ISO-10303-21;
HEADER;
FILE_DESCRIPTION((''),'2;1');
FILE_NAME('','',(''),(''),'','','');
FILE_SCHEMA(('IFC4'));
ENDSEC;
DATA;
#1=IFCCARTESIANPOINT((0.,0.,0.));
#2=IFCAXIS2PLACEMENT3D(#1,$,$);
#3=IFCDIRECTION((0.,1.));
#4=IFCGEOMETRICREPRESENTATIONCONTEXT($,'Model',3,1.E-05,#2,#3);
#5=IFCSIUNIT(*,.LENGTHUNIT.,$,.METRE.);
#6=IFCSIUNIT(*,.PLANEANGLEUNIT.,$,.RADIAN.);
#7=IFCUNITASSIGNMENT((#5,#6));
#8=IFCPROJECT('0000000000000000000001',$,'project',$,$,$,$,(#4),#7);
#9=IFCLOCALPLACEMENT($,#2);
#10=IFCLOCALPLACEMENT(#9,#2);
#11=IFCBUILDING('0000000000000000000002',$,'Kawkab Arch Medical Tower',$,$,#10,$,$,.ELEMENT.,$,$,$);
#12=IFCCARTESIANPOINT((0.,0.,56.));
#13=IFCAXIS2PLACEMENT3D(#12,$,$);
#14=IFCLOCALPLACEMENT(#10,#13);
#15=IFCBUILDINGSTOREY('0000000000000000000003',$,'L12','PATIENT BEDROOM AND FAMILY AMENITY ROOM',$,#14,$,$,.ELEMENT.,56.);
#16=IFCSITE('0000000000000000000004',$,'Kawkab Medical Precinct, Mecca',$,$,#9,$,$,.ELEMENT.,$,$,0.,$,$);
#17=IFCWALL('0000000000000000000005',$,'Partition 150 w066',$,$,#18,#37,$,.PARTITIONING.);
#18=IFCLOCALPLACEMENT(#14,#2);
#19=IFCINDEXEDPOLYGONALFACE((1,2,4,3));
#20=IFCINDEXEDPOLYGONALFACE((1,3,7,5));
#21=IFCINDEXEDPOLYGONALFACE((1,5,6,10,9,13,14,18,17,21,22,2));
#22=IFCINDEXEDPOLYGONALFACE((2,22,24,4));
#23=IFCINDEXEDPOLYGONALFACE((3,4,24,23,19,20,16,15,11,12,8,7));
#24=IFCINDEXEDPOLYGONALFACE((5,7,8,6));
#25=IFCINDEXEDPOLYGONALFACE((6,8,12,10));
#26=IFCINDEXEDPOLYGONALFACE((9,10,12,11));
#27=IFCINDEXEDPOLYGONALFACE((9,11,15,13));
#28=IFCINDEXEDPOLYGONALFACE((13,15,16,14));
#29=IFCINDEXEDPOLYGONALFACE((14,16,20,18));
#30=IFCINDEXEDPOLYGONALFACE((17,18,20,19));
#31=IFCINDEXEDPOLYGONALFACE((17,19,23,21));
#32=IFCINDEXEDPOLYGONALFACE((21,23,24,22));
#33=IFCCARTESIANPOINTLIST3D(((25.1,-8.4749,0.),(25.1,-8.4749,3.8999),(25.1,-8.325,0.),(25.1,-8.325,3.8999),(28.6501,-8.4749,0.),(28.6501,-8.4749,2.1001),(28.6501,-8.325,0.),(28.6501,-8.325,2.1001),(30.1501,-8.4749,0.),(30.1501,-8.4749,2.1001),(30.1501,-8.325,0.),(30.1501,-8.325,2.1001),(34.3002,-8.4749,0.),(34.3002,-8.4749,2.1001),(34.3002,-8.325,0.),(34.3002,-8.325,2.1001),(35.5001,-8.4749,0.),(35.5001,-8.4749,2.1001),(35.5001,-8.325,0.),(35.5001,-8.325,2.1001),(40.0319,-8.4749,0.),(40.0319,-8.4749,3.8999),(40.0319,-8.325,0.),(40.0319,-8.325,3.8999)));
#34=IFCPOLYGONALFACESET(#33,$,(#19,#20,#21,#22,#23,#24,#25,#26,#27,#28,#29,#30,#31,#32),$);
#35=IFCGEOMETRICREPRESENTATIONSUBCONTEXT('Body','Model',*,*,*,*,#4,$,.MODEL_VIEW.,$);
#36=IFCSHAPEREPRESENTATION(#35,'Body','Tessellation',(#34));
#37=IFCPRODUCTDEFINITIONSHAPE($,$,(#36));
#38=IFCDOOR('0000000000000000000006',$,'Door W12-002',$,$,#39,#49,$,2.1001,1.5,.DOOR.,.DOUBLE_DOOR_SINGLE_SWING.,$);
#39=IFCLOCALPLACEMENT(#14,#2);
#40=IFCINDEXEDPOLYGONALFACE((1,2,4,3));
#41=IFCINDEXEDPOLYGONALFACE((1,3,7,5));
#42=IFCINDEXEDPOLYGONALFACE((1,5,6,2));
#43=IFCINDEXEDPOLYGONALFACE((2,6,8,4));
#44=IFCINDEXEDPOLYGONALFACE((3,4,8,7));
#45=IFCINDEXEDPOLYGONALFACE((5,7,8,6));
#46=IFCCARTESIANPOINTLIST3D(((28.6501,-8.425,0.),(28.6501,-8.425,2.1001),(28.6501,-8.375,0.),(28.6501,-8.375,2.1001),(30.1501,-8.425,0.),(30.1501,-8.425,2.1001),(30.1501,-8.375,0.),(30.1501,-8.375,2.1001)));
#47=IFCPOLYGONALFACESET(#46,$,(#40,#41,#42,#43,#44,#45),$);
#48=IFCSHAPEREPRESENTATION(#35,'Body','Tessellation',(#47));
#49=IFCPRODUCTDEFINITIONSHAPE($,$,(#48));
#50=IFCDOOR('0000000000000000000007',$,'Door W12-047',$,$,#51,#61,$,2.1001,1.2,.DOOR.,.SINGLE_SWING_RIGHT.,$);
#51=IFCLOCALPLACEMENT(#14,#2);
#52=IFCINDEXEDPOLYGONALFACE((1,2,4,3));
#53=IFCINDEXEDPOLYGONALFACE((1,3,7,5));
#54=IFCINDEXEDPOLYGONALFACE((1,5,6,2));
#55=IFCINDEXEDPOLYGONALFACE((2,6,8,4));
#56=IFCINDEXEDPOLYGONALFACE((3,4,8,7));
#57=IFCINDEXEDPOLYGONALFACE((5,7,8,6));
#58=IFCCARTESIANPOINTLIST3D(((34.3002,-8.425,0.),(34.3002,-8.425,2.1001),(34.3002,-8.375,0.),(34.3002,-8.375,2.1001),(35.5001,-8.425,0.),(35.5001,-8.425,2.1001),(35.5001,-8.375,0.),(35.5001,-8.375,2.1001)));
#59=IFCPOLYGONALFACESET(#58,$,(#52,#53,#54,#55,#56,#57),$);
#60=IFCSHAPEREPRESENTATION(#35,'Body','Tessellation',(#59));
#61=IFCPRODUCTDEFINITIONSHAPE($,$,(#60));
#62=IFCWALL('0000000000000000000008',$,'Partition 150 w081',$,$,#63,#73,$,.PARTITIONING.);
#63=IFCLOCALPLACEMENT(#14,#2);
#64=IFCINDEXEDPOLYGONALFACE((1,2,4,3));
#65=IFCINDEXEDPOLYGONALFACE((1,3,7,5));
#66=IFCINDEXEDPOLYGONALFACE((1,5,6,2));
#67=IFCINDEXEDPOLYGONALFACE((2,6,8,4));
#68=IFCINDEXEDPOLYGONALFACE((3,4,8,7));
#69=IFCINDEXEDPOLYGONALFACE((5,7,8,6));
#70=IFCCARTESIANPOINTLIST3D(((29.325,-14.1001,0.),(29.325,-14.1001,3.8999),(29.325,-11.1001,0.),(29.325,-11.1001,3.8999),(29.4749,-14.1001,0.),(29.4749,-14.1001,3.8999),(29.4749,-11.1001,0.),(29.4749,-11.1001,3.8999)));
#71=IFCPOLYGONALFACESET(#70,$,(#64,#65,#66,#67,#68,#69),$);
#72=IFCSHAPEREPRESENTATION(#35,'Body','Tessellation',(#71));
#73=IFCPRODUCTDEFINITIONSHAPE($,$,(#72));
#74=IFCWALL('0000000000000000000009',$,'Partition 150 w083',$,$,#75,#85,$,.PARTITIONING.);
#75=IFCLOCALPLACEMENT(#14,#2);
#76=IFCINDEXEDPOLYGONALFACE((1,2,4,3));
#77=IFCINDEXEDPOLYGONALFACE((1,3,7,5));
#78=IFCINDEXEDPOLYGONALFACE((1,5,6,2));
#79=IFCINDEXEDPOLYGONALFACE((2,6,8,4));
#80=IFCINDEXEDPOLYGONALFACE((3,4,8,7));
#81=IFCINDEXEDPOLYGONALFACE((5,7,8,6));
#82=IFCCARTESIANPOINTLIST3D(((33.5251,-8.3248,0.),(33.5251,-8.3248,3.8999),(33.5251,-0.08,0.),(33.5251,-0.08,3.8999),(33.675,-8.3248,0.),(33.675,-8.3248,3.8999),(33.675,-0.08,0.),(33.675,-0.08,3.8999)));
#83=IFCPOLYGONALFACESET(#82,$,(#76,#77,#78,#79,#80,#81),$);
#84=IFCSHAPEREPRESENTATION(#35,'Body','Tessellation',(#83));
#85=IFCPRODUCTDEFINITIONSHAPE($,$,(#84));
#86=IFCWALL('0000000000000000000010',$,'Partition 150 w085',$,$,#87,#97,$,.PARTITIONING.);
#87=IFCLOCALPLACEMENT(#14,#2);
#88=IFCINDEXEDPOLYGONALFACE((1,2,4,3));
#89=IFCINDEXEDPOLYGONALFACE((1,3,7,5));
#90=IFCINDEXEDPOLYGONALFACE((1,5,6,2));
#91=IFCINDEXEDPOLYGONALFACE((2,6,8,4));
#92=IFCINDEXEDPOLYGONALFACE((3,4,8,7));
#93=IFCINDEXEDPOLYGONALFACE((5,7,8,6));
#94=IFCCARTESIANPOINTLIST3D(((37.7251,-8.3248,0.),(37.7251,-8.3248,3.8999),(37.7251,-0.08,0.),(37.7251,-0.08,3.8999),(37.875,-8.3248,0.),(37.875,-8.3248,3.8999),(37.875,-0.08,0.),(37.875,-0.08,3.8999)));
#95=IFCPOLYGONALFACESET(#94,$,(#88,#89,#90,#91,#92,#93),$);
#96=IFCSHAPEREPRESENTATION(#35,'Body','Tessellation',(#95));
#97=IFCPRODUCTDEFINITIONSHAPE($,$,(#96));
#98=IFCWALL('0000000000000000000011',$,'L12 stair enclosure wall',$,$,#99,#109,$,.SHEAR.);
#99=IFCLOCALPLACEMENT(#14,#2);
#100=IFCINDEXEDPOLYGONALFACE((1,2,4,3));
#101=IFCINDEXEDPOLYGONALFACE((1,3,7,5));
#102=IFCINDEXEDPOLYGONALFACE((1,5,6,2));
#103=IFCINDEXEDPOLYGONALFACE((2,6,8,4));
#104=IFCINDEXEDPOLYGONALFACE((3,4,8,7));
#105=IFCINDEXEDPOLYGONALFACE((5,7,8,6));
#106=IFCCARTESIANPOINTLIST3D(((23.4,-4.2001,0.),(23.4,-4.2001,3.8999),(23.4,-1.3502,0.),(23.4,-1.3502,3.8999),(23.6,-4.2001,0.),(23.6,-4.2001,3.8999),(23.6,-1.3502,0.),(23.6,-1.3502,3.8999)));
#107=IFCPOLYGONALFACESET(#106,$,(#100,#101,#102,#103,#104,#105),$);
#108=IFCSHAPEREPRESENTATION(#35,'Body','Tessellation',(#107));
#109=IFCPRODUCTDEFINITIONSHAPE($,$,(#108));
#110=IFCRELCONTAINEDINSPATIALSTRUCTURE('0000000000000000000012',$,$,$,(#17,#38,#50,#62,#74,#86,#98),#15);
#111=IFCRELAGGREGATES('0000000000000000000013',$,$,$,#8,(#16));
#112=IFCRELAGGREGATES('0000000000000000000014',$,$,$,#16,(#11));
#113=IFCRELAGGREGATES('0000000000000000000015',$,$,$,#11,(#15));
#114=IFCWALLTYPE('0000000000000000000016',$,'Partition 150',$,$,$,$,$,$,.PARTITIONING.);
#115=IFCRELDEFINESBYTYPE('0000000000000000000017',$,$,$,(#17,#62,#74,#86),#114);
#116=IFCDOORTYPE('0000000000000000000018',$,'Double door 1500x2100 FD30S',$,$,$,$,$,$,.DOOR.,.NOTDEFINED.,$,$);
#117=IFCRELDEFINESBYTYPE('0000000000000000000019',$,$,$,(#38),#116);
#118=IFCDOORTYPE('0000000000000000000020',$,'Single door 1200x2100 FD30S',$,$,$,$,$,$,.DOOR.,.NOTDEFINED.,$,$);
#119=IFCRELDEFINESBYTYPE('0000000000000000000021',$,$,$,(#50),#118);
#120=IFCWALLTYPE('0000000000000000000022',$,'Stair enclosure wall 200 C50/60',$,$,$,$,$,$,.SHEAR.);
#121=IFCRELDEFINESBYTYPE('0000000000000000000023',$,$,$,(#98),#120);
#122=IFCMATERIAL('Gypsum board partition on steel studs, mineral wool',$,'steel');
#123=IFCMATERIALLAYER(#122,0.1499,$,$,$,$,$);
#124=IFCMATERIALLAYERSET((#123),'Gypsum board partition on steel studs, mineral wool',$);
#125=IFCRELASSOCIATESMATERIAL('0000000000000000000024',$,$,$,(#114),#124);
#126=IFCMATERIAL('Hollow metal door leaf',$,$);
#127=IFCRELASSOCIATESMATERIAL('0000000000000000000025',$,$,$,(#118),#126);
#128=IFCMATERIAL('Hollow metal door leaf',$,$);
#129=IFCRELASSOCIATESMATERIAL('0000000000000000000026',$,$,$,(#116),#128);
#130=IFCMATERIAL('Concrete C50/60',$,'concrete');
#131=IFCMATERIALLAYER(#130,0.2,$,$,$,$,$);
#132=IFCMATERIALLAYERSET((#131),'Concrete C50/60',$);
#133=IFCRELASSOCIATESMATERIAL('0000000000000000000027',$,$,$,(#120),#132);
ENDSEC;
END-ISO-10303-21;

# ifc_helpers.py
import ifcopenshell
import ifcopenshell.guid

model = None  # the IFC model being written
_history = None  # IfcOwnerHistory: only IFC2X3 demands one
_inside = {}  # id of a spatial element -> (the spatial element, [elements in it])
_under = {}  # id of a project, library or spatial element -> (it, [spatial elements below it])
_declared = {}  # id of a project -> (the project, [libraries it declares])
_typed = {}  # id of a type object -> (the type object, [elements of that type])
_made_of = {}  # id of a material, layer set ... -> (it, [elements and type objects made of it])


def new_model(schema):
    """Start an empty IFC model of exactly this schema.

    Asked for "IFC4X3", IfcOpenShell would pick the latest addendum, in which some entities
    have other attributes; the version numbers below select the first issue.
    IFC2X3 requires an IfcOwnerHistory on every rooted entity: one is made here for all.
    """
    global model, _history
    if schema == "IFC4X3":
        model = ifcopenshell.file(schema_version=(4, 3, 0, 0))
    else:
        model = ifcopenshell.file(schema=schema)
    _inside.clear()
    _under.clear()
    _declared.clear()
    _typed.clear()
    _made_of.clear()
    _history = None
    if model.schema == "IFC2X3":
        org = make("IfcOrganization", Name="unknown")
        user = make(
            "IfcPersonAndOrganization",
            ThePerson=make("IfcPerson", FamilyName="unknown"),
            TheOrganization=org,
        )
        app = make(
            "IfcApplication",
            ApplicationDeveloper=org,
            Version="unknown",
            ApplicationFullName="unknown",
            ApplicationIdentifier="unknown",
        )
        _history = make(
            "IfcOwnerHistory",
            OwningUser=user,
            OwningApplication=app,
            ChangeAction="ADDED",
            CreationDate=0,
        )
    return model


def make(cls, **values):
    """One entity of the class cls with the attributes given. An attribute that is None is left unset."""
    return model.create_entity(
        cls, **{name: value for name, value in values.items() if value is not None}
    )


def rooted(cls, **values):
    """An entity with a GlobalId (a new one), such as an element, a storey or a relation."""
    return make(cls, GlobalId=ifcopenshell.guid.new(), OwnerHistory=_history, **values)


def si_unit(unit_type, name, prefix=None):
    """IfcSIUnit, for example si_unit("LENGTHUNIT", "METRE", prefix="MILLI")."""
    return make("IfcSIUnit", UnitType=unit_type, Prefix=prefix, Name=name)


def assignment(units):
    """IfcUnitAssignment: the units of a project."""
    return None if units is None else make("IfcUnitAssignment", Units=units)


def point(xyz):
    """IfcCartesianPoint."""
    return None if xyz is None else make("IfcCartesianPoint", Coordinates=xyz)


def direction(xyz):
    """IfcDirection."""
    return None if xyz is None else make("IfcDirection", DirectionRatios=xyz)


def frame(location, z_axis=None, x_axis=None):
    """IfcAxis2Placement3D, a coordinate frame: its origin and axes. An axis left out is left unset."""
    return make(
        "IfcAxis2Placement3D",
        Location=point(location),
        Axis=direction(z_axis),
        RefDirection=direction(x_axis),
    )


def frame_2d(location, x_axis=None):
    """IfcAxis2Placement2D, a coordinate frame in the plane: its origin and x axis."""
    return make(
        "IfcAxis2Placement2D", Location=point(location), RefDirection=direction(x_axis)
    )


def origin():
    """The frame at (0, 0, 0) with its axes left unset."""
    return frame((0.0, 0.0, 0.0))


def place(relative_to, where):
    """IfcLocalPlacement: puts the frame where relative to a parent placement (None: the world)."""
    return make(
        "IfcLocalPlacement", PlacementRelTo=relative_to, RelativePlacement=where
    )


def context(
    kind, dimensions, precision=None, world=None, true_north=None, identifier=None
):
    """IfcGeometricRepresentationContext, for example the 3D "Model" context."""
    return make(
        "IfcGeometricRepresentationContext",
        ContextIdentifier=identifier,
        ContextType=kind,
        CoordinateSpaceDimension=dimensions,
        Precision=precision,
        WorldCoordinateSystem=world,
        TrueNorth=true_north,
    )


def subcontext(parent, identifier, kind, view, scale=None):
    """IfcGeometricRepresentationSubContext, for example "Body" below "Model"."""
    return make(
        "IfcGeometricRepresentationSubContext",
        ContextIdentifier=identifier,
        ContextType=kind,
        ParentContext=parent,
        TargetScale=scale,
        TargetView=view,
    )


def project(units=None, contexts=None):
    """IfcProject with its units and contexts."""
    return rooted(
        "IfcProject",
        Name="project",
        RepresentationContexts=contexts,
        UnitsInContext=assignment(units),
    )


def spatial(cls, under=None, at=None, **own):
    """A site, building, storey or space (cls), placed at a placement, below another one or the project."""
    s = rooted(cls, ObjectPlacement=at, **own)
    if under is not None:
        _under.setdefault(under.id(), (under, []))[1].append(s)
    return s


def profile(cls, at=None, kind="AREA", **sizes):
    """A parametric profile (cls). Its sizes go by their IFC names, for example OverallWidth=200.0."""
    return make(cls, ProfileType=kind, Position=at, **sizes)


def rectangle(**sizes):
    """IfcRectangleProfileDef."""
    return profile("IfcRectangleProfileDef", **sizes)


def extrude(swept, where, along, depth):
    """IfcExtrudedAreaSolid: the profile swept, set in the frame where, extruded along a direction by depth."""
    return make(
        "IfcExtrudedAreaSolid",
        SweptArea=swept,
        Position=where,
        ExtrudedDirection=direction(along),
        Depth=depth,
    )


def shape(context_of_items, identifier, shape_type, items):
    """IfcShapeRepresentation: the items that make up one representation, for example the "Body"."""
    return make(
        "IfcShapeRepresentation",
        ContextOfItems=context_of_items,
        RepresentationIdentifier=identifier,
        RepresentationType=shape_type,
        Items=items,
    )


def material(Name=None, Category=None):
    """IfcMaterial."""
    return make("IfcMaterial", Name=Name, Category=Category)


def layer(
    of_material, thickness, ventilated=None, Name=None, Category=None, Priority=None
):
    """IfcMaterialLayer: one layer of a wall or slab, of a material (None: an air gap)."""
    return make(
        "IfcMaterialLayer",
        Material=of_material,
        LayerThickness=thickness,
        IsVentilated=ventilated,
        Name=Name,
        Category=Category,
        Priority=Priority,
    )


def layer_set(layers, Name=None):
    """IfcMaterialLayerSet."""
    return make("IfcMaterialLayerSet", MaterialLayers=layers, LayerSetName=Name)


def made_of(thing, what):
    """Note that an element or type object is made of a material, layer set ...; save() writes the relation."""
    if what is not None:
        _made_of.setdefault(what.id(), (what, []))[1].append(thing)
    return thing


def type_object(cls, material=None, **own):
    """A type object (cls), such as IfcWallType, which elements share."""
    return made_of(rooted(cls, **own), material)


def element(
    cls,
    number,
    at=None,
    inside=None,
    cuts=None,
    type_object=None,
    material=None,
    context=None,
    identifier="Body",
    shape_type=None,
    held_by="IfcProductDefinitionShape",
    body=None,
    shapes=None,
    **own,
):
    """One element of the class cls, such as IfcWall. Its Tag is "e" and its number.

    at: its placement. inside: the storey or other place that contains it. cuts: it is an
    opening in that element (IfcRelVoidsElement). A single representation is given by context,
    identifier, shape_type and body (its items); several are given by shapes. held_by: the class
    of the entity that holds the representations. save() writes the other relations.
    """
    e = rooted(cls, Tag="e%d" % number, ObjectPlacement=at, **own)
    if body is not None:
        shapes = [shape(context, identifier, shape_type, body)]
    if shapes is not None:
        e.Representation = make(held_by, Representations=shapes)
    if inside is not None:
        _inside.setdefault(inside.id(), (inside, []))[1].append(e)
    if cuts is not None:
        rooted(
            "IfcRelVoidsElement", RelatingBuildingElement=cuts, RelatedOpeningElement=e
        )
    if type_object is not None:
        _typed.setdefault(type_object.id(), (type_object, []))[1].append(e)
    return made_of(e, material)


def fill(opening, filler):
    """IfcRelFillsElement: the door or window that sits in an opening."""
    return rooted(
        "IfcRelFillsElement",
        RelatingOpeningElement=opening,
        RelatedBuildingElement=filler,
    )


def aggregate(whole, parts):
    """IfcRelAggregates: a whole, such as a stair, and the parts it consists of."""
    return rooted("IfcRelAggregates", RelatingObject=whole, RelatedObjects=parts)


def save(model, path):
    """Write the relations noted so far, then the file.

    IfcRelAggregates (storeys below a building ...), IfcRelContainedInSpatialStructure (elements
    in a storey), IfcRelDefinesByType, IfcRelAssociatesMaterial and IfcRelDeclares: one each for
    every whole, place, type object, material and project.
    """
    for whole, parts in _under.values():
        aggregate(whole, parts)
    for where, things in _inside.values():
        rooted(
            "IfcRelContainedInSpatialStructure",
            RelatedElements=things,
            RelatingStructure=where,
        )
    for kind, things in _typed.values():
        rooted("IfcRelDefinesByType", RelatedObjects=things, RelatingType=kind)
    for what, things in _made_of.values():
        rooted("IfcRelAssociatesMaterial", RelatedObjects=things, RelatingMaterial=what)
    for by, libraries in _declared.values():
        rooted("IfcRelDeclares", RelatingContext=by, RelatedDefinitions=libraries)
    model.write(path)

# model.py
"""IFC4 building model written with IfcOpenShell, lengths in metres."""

from ifc_helpers import new_model, si_unit, direction, frame, frame_2d, origin, place, context, subcontext, project, spatial, rectangle, extrude, material, layer, layer_set, type_object, element, fill, save


model = new_model("IFC4")

# Units and contexts
model_context = context("Model", 3, precision=1e-05, world=origin(), true_north=direction((0.0, 1.0)))
body_context = subcontext(model_context, "Body", "Model", "MODEL_VIEW")
ifc_project = project(units=[si_unit("LENGTHUNIT", "METRE"), si_unit("PLANEANGLEUNIT", "RADIAN")], contexts=[model_context])

# Site, building, storey
site_placement = place(None, origin())
site = spatial("IfcSite", under=ifc_project, at=site_placement, Name="Kawkab Medical Precinct, Mecca", CompositionType="ELEMENT", RefElevation=0.0)
building_placement = place(site_placement, origin())
building = spatial("IfcBuilding", under=site, at=building_placement, Name="Kawkab Arch Medical Tower", CompositionType="ELEMENT")
storey_placement = place(building_placement, frame((0.0, 0.0, 56.0)))
storey = spatial("IfcBuildingStorey", under=building, at=storey_placement, Name="L12", Description="PATIENT BEDROOM AND FAMILY AMENITY ROOM", CompositionType="ELEMENT", Elevation=56.0)

# Wall, openings, doors
ifc_material_1 = material(Name="Gypsum board partition on steel studs, mineral wool", Category="steel")
ifc_layer_1 = layer(ifc_material_1, 0.1499)
ifc_layer_set_1 = layer_set([ifc_layer_1], Name="Gypsum board partition on steel studs, mineral wool")
wall_type_1 = type_object("IfcWallType", Name="Partition 150", PredefinedType="PARTITIONING", material=ifc_layer_set_1)
ifc_material_2 = material(Name="Hollow metal door leaf")
door_type_1 = type_object("IfcDoorType", Name="Single door 1200x2100 FD30S", OperationType="NOTDEFINED", PredefinedType="DOOR", material=ifc_material_2)
wall_1_placement = place(storey_placement, frame((25.1001, -8.3999, 0.0), z_axis=(0.0, 0.0, 1.0), x_axis=(1.0, 0.0, 0.0)))
wall_1 = element("IfcWall", 1, at=wall_1_placement, inside=storey, type_object=wall_type_1, Name="Partition 150 w066", PredefinedType="PARTITIONING", context=body_context, shape_type="SweptSolid", body=[
    extrude(rectangle(XDim=14.9319, YDim=0.1499, at=frame_2d((7.4658, 0.0))), origin(), (0.0, 0.0, 1.0), 3.8999),
])
opening_1_placement = place(wall_1_placement, frame((3.55, 0.0, 0.0)))
opening_1 = element("IfcOpeningElement", 2, at=opening_1_placement, cuts=wall_1, PredefinedType="OPENING", context=body_context, shape_type="SweptSolid", body=[
    extrude(rectangle(XDim=1.5, YDim=2.1001, at=frame_2d((0.75, 1.05))), frame((0.0, 0.085, 0.0), z_axis=(0.0, -1.0, 0.0), x_axis=(1.0, 0.0, 0.0)), (0.0, 0.0, 1.0), 0.1699),
])
opening_2_placement = place(wall_1_placement, frame((9.2, 0.0, 0.0)))
opening_2 = element("IfcOpeningElement", 3, at=opening_2_placement, cuts=wall_1, PredefinedType="OPENING", context=body_context, shape_type="SweptSolid", body=[
    extrude(rectangle(XDim=1.2, YDim=2.1001, at=frame_2d((0.6001, 1.05))), frame((0.0, 0.085, 0.0), z_axis=(0.0, -1.0, 0.0), x_axis=(1.0, 0.0, 0.0)), (0.0, 0.0, 1.0), 0.1699),
])
ifc_material_3 = material(Name="Hollow metal door leaf")
door_type_2 = type_object("IfcDoorType", Name="Double door 1500x2100 FD30S", OperationType="NOTDEFINED", PredefinedType="DOOR", material=ifc_material_3)
door_1_placement = place(opening_1_placement, origin())
door_1 = element("IfcDoor", 4, at=door_1_placement, inside=storey, type_object=door_type_2, Name="Door W12-002", OperationType="DOUBLE_DOOR_SINGLE_SWING", OverallHeight=2.1001, OverallWidth=1.5, PredefinedType="DOOR", context=body_context, shape_type="SweptSolid", body=[
    extrude(rectangle(XDim=1.5, YDim=2.1001, at=frame_2d((0.75, 1.05))), frame((0.0, 0.0249, 0.0), z_axis=(0.0, -1.0, 0.0), x_axis=(1.0, 0.0, 0.0)), (0.0, 0.0, 1.0), 0.05),
])
fill(opening_1, door_1)
door_2_placement = place(opening_2_placement, origin())
door_2 = element("IfcDoor", 5, at=door_2_placement, inside=storey, type_object=door_type_1, Name="Door W12-047", OperationType="SINGLE_SWING_RIGHT", OverallHeight=2.1001, OverallWidth=1.2, PredefinedType="DOOR", context=body_context, shape_type="SweptSolid", body=[
    extrude(rectangle(XDim=1.2, YDim=2.1001, at=frame_2d((0.6001, 1.05))), frame((0.0, 0.0249, 0.0), z_axis=(0.0, -1.0, 0.0), x_axis=(1.0, 0.0, 0.0)), (0.0, 0.0, 1.0), 0.05),
])
fill(opening_2, door_2)

# Walls
wall_2_placement = place(storey_placement, frame((29.3999, -14.1001, 0.0), z_axis=(0.0, 0.0, 1.0), x_axis=(0.0, 1.0, 0.0)))
element("IfcWall", 6, at=wall_2_placement, inside=storey, type_object=wall_type_1, Name="Partition 150 w081", PredefinedType="PARTITIONING", context=body_context, shape_type="SweptSolid", body=[
    extrude(rectangle(XDim=3.0, YDim=0.1499, at=frame_2d((1.5, 0.0))), origin(), (0.0, 0.0, 1.0), 3.8999),
])
for number, where, z_axis, x_axis, name in (
    (7, (33.6001, -8.325, 0.0), (0.0, 0.0, 1.0), (0.0, 1.0, 0.0), "Partition 150 w083"),
    (8, (37.8, -8.325, 0.0), (0.0, 0.0, 1.0), (0.0, 1.0, 0.0), "Partition 150 w085"),
):
    element("IfcWall", number, at=place(storey_placement, frame(where, z_axis=z_axis, x_axis=x_axis)), inside=storey, type_object=wall_type_1, Name=name, PredefinedType="PARTITIONING", context=body_context, shape_type="SweptSolid", body=[
        extrude(rectangle(XDim=8.2449, YDim=0.1499, at=frame_2d((4.1226, 0.0))), origin(), (0.0, 0.0, 1.0), 3.8999),
    ])
ifc_material_4 = material(Name="Concrete C50/60", Category="concrete")
ifc_layer_2 = layer(ifc_material_4, 0.2)
ifc_layer_set_2 = layer_set([ifc_layer_2], Name="Concrete C50/60")
wall_type_2 = type_object("IfcWallType", Name="Stair enclosure wall 200 C50/60", PredefinedType="SHEAR", material=ifc_layer_set_2)
wall_3_placement = place(storey_placement, frame((23.5, -4.2, 0.0), z_axis=(0.0, 0.0, 1.0), x_axis=(0.0, 1.0, 0.0)))
element("IfcWall", 9, at=wall_3_placement, inside=storey, type_object=wall_type_2, Name="L12 stair enclosure wall", PredefinedType="SHEAR", context=body_context, shape_type="SweptSolid", body=[
    extrude(rectangle(XDim=2.8499, YDim=0.2, at=frame_2d((1.4248, 0.0))), origin(), (0.0, 0.0, 1.0), 3.8999),
])

save(model, "model.ifc")
